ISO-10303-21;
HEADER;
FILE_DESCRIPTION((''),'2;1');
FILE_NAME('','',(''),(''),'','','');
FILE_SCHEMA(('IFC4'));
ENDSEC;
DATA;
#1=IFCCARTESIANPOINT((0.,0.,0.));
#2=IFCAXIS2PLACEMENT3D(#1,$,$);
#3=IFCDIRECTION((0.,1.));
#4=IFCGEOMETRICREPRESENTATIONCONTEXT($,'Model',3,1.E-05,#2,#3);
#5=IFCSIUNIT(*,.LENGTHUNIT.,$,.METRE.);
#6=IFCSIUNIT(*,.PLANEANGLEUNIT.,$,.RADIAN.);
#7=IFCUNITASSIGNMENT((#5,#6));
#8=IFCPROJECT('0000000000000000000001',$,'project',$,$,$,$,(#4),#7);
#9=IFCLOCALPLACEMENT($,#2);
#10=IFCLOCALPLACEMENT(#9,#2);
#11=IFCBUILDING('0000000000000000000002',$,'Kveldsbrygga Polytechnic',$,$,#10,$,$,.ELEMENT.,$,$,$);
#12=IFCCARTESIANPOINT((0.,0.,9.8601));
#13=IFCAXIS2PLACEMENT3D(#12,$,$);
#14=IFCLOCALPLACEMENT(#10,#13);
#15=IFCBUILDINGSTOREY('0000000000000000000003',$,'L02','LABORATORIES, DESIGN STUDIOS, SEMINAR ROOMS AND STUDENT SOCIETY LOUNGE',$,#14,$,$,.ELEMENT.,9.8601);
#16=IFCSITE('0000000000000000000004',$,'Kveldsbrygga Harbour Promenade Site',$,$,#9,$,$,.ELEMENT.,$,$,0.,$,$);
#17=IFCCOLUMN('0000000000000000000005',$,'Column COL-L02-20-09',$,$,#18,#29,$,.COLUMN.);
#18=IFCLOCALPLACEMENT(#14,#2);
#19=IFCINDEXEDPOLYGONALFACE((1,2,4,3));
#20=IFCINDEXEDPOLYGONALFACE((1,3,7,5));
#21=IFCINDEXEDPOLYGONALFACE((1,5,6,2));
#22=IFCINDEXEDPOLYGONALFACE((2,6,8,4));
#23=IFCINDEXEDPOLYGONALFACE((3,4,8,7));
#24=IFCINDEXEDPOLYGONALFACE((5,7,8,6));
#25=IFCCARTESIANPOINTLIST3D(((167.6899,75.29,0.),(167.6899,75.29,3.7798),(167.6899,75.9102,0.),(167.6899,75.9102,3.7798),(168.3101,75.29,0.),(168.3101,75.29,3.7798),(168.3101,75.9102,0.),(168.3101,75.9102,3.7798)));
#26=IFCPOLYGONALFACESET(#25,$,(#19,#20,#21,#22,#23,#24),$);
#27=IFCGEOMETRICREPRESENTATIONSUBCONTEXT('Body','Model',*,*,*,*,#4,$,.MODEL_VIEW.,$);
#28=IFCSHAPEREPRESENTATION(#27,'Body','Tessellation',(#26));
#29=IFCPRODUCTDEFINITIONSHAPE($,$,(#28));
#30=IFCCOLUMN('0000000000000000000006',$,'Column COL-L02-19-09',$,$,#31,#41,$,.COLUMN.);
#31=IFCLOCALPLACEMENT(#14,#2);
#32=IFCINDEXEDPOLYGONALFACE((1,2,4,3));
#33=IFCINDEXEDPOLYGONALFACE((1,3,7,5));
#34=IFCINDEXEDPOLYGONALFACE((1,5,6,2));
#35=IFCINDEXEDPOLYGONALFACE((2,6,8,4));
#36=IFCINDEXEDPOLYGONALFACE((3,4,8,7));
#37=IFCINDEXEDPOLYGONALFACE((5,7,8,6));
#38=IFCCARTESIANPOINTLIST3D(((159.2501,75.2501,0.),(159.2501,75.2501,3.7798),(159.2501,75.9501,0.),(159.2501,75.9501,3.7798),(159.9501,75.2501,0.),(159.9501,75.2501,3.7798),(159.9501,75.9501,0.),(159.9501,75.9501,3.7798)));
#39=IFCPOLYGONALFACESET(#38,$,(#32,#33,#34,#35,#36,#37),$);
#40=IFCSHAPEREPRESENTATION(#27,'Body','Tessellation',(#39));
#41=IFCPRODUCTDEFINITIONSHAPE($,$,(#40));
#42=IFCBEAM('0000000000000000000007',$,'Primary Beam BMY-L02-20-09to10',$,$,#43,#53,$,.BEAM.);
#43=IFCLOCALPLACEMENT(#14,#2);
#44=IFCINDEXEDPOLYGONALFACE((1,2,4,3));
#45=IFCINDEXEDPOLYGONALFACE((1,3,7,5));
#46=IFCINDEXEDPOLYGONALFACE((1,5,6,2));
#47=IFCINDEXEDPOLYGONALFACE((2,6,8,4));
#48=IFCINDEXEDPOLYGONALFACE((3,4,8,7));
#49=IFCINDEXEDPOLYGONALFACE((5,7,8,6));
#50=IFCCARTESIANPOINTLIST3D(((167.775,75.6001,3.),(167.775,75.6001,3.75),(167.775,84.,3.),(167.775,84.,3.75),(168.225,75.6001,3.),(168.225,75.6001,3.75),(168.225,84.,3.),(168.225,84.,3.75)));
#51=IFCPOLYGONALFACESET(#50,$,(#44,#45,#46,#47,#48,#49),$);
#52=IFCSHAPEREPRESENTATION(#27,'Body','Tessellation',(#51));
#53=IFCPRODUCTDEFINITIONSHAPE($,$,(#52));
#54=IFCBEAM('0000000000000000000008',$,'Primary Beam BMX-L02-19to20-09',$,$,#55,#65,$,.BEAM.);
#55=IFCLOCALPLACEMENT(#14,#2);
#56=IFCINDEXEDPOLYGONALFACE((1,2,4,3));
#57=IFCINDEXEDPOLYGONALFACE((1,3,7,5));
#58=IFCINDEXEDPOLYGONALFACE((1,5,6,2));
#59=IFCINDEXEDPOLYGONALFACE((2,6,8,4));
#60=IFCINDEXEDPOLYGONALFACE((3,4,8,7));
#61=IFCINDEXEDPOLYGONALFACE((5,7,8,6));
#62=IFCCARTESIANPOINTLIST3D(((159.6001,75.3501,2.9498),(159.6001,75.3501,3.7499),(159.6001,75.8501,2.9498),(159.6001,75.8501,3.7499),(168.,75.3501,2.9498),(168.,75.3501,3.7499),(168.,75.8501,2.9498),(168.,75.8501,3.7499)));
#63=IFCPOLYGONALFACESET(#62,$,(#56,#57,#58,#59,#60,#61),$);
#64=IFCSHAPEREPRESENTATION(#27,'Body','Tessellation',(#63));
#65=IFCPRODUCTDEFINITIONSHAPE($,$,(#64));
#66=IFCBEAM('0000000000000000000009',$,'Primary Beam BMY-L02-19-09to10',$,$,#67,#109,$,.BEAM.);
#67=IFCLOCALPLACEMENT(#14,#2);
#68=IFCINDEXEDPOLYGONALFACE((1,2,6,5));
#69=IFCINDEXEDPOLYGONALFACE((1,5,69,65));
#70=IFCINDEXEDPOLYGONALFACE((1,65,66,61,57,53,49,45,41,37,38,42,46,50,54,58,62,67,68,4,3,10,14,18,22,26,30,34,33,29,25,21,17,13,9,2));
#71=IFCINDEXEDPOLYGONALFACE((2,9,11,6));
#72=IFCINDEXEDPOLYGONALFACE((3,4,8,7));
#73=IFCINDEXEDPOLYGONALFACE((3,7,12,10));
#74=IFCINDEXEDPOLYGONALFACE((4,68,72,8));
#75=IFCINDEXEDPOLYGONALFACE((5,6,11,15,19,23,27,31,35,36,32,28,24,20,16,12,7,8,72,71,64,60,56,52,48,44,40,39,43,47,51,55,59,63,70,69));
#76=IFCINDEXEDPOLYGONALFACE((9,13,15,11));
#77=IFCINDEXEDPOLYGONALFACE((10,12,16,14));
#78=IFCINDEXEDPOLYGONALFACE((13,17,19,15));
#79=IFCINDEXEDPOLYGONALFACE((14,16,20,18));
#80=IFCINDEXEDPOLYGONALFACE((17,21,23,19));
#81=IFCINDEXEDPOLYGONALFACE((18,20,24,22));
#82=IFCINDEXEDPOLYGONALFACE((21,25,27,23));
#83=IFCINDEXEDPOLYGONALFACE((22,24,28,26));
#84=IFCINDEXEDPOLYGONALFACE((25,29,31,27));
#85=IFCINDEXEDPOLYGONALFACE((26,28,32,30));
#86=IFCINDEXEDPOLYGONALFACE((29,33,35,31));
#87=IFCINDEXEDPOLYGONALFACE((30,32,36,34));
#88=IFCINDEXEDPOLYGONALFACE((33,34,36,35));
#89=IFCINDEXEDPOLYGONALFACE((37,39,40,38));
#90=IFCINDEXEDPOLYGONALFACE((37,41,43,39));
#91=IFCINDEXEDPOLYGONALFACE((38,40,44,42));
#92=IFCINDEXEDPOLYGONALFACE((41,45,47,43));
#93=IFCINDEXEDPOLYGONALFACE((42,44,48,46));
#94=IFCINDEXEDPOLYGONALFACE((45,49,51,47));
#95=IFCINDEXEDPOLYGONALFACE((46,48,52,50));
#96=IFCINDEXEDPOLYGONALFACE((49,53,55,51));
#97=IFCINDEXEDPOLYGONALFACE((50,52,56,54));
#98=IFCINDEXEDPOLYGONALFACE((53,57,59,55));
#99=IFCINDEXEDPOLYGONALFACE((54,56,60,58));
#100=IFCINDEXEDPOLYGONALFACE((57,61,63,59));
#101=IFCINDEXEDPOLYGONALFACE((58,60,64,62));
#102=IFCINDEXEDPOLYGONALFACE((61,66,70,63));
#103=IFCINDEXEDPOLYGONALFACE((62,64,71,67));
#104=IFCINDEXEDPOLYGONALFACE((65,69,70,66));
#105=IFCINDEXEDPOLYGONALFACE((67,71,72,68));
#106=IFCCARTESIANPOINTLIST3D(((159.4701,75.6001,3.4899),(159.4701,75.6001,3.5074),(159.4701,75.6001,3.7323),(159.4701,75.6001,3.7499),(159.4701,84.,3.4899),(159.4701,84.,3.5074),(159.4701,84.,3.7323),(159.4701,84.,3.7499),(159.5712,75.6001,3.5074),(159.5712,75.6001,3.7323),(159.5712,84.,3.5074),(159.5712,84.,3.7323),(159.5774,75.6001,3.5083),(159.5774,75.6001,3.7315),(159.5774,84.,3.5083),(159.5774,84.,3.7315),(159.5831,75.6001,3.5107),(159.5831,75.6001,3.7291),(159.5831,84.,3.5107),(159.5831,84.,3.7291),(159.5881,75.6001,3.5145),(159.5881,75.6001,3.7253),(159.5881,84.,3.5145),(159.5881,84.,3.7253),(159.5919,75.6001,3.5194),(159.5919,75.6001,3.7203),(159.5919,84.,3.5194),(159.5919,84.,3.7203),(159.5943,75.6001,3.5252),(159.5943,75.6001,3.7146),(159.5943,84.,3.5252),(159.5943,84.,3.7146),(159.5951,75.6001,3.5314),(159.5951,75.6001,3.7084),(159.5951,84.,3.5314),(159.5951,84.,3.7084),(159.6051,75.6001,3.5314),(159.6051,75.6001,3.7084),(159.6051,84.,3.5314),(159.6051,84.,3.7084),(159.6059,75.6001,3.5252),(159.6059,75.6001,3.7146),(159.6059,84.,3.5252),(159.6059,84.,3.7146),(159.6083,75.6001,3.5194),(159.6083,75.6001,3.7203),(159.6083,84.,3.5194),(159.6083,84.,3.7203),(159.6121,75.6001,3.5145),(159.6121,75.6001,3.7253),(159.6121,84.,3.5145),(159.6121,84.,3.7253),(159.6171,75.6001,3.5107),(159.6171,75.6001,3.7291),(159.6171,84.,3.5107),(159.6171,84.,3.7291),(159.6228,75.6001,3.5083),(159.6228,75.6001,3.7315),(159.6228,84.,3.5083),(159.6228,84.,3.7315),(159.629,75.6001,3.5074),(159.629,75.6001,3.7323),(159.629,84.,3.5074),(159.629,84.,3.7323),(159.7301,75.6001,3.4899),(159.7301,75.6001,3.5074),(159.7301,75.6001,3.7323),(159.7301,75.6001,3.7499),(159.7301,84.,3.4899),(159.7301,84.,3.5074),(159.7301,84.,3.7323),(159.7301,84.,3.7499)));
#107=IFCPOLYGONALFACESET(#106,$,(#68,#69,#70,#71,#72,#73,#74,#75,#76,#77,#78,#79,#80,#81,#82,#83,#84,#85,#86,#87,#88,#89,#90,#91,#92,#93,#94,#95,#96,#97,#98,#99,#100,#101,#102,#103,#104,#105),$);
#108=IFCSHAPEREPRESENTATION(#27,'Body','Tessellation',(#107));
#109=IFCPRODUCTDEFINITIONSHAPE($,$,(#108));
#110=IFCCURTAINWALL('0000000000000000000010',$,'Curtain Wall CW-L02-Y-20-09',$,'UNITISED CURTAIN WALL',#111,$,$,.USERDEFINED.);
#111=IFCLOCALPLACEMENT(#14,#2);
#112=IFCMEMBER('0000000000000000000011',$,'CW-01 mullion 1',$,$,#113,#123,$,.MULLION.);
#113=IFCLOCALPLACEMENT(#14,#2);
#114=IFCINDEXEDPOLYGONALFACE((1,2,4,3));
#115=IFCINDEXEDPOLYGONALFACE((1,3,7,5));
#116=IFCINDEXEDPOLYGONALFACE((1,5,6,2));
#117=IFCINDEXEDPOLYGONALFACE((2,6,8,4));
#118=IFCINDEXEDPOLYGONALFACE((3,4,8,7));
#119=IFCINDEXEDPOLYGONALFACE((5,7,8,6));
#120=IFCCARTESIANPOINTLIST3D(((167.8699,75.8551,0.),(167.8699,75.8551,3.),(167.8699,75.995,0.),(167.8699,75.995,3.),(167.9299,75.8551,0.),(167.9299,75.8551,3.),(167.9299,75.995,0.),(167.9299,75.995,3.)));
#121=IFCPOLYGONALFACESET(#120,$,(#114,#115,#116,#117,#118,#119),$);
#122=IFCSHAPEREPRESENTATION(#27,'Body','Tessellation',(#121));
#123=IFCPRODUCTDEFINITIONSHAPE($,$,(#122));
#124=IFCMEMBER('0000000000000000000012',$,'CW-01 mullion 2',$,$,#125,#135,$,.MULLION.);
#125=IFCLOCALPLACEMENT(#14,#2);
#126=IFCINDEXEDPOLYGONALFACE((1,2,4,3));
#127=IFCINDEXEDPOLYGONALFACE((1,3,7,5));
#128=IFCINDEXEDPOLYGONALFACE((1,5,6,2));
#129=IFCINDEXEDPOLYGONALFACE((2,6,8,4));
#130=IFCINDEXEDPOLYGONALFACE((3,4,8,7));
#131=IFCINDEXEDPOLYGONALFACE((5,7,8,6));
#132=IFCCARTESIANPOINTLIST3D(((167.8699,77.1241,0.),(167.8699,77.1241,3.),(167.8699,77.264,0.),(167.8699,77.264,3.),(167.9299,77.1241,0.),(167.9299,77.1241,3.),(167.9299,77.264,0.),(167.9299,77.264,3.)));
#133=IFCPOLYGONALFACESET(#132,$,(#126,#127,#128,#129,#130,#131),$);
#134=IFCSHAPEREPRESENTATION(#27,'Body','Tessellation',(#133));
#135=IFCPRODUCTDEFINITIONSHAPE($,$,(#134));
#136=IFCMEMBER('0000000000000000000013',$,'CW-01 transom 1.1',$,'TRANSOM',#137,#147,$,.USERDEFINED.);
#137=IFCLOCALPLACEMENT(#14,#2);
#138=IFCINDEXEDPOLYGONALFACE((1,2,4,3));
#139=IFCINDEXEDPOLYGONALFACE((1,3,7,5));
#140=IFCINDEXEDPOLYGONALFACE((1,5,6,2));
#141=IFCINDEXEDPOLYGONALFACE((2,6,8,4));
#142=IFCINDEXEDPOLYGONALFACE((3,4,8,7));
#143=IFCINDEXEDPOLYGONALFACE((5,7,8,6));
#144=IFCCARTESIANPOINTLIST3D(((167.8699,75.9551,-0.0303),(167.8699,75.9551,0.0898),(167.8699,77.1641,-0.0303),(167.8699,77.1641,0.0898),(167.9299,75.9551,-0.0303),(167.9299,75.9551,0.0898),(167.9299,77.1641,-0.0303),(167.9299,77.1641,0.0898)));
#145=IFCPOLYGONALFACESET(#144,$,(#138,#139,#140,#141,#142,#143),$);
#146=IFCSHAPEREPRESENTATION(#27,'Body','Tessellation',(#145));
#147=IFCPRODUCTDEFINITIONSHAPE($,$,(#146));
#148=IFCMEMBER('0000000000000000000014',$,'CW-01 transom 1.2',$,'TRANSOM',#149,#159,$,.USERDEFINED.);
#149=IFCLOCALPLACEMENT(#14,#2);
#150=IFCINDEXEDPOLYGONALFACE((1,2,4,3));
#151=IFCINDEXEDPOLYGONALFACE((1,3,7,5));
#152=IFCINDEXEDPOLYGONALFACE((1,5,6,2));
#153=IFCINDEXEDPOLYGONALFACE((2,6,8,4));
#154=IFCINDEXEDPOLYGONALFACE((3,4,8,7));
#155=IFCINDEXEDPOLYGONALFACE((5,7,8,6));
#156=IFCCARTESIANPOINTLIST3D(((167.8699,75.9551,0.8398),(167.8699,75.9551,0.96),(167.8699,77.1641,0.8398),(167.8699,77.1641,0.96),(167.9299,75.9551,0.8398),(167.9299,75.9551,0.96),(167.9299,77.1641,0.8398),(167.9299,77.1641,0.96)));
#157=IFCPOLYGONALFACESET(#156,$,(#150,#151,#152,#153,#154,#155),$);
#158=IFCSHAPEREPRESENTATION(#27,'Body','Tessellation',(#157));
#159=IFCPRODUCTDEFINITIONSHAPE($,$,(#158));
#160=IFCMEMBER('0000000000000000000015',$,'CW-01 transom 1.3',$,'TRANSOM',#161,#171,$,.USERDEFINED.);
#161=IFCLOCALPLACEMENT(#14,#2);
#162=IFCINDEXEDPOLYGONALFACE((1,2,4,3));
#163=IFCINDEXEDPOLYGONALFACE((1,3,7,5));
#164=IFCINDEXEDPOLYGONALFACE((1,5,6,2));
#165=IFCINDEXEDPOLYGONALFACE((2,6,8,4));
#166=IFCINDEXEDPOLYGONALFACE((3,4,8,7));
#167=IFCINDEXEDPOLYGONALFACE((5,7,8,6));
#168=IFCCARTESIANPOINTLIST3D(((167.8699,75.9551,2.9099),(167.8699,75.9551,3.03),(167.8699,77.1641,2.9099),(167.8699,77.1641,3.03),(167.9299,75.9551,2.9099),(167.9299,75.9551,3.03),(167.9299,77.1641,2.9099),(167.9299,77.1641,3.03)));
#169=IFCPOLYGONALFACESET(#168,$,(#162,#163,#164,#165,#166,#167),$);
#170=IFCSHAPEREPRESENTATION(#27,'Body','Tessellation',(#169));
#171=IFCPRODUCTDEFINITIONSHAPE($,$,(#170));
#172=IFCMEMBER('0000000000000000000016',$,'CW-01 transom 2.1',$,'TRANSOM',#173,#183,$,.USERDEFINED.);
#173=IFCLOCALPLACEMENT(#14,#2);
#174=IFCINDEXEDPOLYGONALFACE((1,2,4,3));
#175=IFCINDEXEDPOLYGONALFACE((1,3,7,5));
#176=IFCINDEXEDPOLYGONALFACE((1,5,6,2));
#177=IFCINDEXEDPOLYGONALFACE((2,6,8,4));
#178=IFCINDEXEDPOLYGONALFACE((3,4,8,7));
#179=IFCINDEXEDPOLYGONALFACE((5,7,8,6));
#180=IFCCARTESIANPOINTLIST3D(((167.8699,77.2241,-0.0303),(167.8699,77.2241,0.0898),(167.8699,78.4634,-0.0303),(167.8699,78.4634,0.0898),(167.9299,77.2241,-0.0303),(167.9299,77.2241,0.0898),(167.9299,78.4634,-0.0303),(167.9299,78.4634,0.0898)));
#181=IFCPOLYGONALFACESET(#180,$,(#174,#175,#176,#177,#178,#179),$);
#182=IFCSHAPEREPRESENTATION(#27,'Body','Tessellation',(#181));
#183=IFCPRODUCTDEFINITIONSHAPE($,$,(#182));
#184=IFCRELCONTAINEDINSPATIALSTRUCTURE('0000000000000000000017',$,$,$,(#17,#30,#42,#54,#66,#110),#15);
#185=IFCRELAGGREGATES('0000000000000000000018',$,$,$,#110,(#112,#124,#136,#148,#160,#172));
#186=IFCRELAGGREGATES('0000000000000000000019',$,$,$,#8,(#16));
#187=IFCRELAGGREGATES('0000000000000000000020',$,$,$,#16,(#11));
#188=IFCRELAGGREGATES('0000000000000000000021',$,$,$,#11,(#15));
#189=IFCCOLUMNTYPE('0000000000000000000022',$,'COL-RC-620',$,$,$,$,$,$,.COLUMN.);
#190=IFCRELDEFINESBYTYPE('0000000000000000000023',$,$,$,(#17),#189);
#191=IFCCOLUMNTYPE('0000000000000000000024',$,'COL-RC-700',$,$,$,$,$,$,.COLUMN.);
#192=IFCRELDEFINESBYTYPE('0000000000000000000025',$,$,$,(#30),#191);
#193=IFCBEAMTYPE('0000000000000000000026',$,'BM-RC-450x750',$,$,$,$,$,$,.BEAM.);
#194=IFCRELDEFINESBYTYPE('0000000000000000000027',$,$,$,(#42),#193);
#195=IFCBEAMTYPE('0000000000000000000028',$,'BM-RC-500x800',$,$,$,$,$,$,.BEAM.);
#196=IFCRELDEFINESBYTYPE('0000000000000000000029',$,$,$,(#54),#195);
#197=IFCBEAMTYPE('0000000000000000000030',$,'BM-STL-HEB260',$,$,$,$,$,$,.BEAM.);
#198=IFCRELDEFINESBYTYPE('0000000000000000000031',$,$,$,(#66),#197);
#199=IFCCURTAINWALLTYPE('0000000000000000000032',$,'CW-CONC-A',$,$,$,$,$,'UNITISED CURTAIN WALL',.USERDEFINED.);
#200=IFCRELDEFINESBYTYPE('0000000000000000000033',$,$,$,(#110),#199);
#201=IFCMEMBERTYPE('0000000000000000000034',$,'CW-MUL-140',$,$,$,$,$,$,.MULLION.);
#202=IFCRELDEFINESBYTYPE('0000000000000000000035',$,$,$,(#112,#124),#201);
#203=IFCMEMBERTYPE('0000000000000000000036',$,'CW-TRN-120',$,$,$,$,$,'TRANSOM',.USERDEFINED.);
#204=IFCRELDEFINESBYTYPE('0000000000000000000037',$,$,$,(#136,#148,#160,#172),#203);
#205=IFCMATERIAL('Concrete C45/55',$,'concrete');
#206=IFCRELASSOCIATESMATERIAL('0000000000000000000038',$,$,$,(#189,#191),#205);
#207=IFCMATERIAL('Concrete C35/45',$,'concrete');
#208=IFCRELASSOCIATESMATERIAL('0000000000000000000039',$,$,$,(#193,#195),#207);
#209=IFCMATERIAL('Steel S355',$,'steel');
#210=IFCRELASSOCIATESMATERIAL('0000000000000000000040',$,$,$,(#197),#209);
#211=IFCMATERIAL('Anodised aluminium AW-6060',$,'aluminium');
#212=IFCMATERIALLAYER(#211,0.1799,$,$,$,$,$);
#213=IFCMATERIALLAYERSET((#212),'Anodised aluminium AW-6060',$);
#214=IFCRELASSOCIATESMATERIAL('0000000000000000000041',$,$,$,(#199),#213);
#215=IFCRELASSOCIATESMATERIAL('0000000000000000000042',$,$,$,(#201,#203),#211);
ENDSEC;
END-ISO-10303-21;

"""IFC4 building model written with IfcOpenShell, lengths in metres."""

from ifc_helpers import new_model, si_unit, direction, frame, origin, origin_2d, place, context, subcontext, project, spatial, rectangle, i_section, extrude, material, layer, layer_set, material_profile, profile_set, type_object, element, aggregate, save


model = new_model("IFC4")

# Units and contexts
model_context = context("Model", 3, precision=1e-05, world=origin(), true_north=direction((0.0, 1.0)))
body_context = subcontext(model_context, "Body", "Model", "MODEL_VIEW")
ifc_project = project(units=[si_unit("LENGTHUNIT", "METRE"), si_unit("PLANEANGLEUNIT", "RADIAN")], contexts=[model_context])

# Site, building, storey
site_placement = place(None, origin())
site = spatial("IfcSite", under=ifc_project, at=site_placement, Name="Kveldsbrygga Harbour Promenade Site", CompositionType="ELEMENT", RefElevation=0.0)
building_placement = place(site_placement, origin())
building = spatial("IfcBuilding", under=site, at=building_placement, Name="Kveldsbrygga Polytechnic", CompositionType="ELEMENT")
storey_placement = place(building_placement, frame((0.0, 0.0, 9.8601)))
storey = spatial("IfcBuildingStorey", under=building, at=storey_placement, Name="L02", Description="LABORATORIES, DESIGN STUDIOS, SEMINAR ROOMS AND STUDENT SOCIETY LOUNGE", CompositionType="ELEMENT", Elevation=9.8601)

# Columns
ifc_material_1 = material(Name="Concrete C45/55", Category="concrete")
ifc_material_profile_1 = material_profile(ifc_material_1, rectangle(XDim=0.6201, YDim=0.6201, at=origin_2d()), Name="RC 620x620")
ifc_profile_set_1 = profile_set([ifc_material_profile_1], Name="Concrete C45/55")
column_type_1 = type_object("IfcColumnType", Name="COL-RC-620", PredefinedType="COLUMN", material=ifc_profile_set_1)
column_1_placement = place(storey_placement, frame((168.0, 75.6001, 0.0), z_axis=(0.0, 0.0, 1.0), x_axis=(1.0, 0.0, 0.0)))
element("IfcColumn", 1, at=column_1_placement, inside=storey, type_object=column_type_1, Name="Column COL-L02-20-09", PredefinedType="COLUMN", context=body_context, shape_type="SweptSolid", body=[
    extrude(rectangle(XDim=0.6201, YDim=0.6201, at=origin_2d()), origin(), (0.0, 0.0, 1.0), 3.7798),
])
ifc_material_profile_2 = material_profile(ifc_material_1, rectangle(XDim=0.7, YDim=0.7, at=origin_2d()), Name="RC 700x700")
ifc_profile_set_2 = profile_set([ifc_material_profile_2], Name="Concrete C45/55")
column_type_2 = type_object("IfcColumnType", Name="COL-RC-700", PredefinedType="COLUMN", material=ifc_profile_set_2)
column_2_placement = place(storey_placement, frame((159.6001, 75.6001, 0.0), z_axis=(0.0, 0.0, 1.0), x_axis=(1.0, 0.0, 0.0)))
element("IfcColumn", 2, at=column_2_placement, inside=storey, type_object=column_type_2, Name="Column COL-L02-19-09", PredefinedType="COLUMN", context=body_context, shape_type="SweptSolid", body=[
    extrude(rectangle(XDim=0.7, YDim=0.7, at=origin_2d()), origin(), (0.0, 0.0, 1.0), 3.7798),
])

# Beams
ifc_material_2 = material(Name="Concrete C35/45", Category="concrete")
ifc_material_profile_3 = material_profile(ifc_material_2, rectangle(XDim=0.45, YDim=0.75, at=origin_2d()), Name="RC 450x750")
ifc_profile_set_3 = profile_set([ifc_material_profile_3], Name="Concrete C35/45")
beam_type_1 = type_object("IfcBeamType", Name="BM-RC-450x750", PredefinedType="BEAM", material=ifc_profile_set_3)
beam_1_placement = place(storey_placement, frame((168.0, 75.6001, 3.375), z_axis=(0.0, 1.0, 0.0), x_axis=(-1.0, 0.0, 0.0)))
element("IfcBeam", 3, at=beam_1_placement, inside=storey, type_object=beam_type_1, Name="Primary Beam BMY-L02-20-09to10", PredefinedType="BEAM", context=body_context, shape_type="SweptSolid", body=[
    extrude(rectangle(XDim=0.45, YDim=0.75, at=origin_2d()), origin(), (0.0, 0.0, 1.0), 8.3999),
])
ifc_material_profile_4 = material_profile(ifc_material_2, rectangle(XDim=0.5, YDim=0.8, at=origin_2d()), Name="RC 500x800")
ifc_profile_set_4 = profile_set([ifc_material_profile_4], Name="Concrete C35/45")
beam_type_2 = type_object("IfcBeamType", Name="BM-RC-500x800", PredefinedType="BEAM", material=ifc_profile_set_4)
beam_2_placement = place(storey_placement, frame((159.6001, 75.6001, 3.3499), z_axis=(1.0, 0.0, 0.0), x_axis=(0.0, 1.0, 0.0)))
element("IfcBeam", 4, at=beam_2_placement, inside=storey, type_object=beam_type_2, Name="Primary Beam BMX-L02-19to20-09", PredefinedType="BEAM", context=body_context, shape_type="SweptSolid", body=[
    extrude(rectangle(XDim=0.5, YDim=0.8, at=origin_2d()), origin(), (0.0, 0.0, 1.0), 8.3999),
])
ifc_material_3 = material(Name="Steel S355", Category="steel")
ifc_material_profile_5 = material_profile(ifc_material_3, i_section(OverallWidth=0.26, OverallDepth=0.26, WebThickness=0.01, FlangeThickness=0.0176, FilletRadius=0.0239, at=origin_2d()), Name="HEB 260")
ifc_profile_set_5 = profile_set([ifc_material_profile_5], Name="Steel S355")
beam_type_3 = type_object("IfcBeamType", Name="BM-STL-HEB260", PredefinedType="BEAM", material=ifc_profile_set_5)
beam_3_placement = place(storey_placement, frame((159.6001, 75.6001, 3.6199), z_axis=(0.0, 1.0, 0.0), x_axis=(-1.0, 0.0, 0.0)))
element("IfcBeam", 5, at=beam_3_placement, inside=storey, type_object=beam_type_3, Name="Primary Beam BMY-L02-19-09to10", PredefinedType="BEAM", context=body_context, shape_type="SweptSolid", body=[
    extrude(i_section(OverallWidth=0.26, OverallDepth=0.26, WebThickness=0.01, FlangeThickness=0.0176, FilletRadius=0.0239, at=origin_2d()), origin(), (0.0, 0.0, 1.0), 8.3999),
])

# Curtain wall, members
ifc_material_4 = material(Name="Anodised aluminium AW-6060", Category="aluminium")
ifc_layer_1 = layer(ifc_material_4, 0.1799)
ifc_layer_set_1 = layer_set([ifc_layer_1], Name="Anodised aluminium AW-6060")
curtain_wall_type = type_object("IfcCurtainWallType", Name="CW-CONC-A", ElementType="UNITISED CURTAIN WALL", PredefinedType="USERDEFINED", material=ifc_layer_set_1)
curtain_wall_placement = place(storey_placement, origin())
curtain_wall = element("IfcCurtainWall", 6, at=curtain_wall_placement, inside=storey, type_object=curtain_wall_type, Name="Curtain Wall CW-L02-Y-20-09", ObjectType="UNITISED CURTAIN WALL", PredefinedType="USERDEFINED")
ifc_material_profile_6 = material_profile(ifc_material_4, rectangle(XDim=0.0601, YDim=0.1399, at=origin_2d()), Name="ALU 60x140")
ifc_profile_set_6 = profile_set([ifc_material_profile_6], Name="Anodised aluminium AW-6060")
member_type_1 = type_object("IfcMemberType", Name="CW-MUL-140", PredefinedType="MULLION", material=ifc_profile_set_6)
member_1_placement = place(storey_placement, frame((167.8999, 75.925, 0.0), z_axis=(0.0, 0.0, 1.0), x_axis=(-1.0, 0.0, 0.0)))
member_1 = element("IfcMember", 7, at=member_1_placement, type_object=member_type_1, Name="CW-01 mullion 1", PredefinedType="MULLION", context=body_context, shape_type="SweptSolid", body=[
    extrude(rectangle(XDim=0.0601, YDim=0.1399, at=origin_2d()), origin(), (0.0, 0.0, 1.0), 3.0),
])
member_2_placement = place(storey_placement, frame((167.8999, 77.1941, 0.0), z_axis=(0.0, 0.0, 1.0), x_axis=(-1.0, 0.0, 0.0)))
member_2 = element("IfcMember", 8, at=member_2_placement, type_object=member_type_1, Name="CW-01 mullion 2", PredefinedType="MULLION", context=body_context, shape_type="SweptSolid", body=[
    extrude(rectangle(XDim=0.0601, YDim=0.1399, at=origin_2d()), origin(), (0.0, 0.0, 1.0), 3.0),
])
ifc_material_profile_7 = material_profile(ifc_material_4, rectangle(XDim=0.0601, YDim=0.1201, at=origin_2d()), Name="ALU 60x120")
ifc_profile_set_7 = profile_set([ifc_material_profile_7], Name="Anodised aluminium AW-6060")
member_type_2 = type_object("IfcMemberType", Name="CW-TRN-120", ElementType="TRANSOM", PredefinedType="USERDEFINED", material=ifc_profile_set_7)
member_3_placement = place(storey_placement, frame((167.8999, 75.9551, 0.0298), z_axis=(0.0, 1.0, 0.0), x_axis=(-1.0, 0.0, 0.0)))
member_3 = element("IfcMember", 9, at=member_3_placement, type_object=member_type_2, Name="CW-01 transom 1.1", ObjectType="TRANSOM", PredefinedType="USERDEFINED", context=body_context, shape_type="SweptSolid", body=[
    extrude(rectangle(XDim=0.0601, YDim=0.1201, at=origin_2d()), origin(), (0.0, 0.0, 1.0), 1.209),
])
member_4_placement = place(storey_placement, frame((167.8999, 75.9551, 0.8999), z_axis=(0.0, 1.0, 0.0), x_axis=(-1.0, 0.0, 0.0)))
member_4 = element("IfcMember", 10, at=member_4_placement, type_object=member_type_2, Name="CW-01 transom 1.2", ObjectType="TRANSOM", PredefinedType="USERDEFINED", context=body_context, shape_type="SweptSolid", body=[
    extrude(rectangle(XDim=0.0601, YDim=0.1201, at=origin_2d()), origin(), (0.0, 0.0, 1.0), 1.209),
])
member_5_placement = place(storey_placement, frame((167.8999, 75.9551, 2.97), z_axis=(0.0, 1.0, 0.0), x_axis=(-1.0, 0.0, 0.0)))
member_5 = element("IfcMember", 11, at=member_5_placement, type_object=member_type_2, Name="CW-01 transom 1.3", ObjectType="TRANSOM", PredefinedType="USERDEFINED", context=body_context, shape_type="SweptSolid", body=[
    extrude(rectangle(XDim=0.0601, YDim=0.1201, at=origin_2d()), origin(), (0.0, 0.0, 1.0), 1.209),
])
member_6_placement = place(storey_placement, frame((167.8999, 77.2241, 0.0298), z_axis=(0.0, 1.0, 0.0), x_axis=(-1.0, 0.0, 0.0)))
member_6 = element("IfcMember", 12, at=member_6_placement, type_object=member_type_2, Name="CW-01 transom 2.1", ObjectType="TRANSOM", PredefinedType="USERDEFINED", context=body_context, shape_type="SweptSolid", body=[
    extrude(rectangle(XDim=0.0601, YDim=0.1201, at=origin_2d()), origin(), (0.0, 0.0, 1.0), 1.2393),
])

aggregate(curtain_wall, [member_1, member_2, member_3, member_4, member_5, member_6])

save(model, "model.ifc")
